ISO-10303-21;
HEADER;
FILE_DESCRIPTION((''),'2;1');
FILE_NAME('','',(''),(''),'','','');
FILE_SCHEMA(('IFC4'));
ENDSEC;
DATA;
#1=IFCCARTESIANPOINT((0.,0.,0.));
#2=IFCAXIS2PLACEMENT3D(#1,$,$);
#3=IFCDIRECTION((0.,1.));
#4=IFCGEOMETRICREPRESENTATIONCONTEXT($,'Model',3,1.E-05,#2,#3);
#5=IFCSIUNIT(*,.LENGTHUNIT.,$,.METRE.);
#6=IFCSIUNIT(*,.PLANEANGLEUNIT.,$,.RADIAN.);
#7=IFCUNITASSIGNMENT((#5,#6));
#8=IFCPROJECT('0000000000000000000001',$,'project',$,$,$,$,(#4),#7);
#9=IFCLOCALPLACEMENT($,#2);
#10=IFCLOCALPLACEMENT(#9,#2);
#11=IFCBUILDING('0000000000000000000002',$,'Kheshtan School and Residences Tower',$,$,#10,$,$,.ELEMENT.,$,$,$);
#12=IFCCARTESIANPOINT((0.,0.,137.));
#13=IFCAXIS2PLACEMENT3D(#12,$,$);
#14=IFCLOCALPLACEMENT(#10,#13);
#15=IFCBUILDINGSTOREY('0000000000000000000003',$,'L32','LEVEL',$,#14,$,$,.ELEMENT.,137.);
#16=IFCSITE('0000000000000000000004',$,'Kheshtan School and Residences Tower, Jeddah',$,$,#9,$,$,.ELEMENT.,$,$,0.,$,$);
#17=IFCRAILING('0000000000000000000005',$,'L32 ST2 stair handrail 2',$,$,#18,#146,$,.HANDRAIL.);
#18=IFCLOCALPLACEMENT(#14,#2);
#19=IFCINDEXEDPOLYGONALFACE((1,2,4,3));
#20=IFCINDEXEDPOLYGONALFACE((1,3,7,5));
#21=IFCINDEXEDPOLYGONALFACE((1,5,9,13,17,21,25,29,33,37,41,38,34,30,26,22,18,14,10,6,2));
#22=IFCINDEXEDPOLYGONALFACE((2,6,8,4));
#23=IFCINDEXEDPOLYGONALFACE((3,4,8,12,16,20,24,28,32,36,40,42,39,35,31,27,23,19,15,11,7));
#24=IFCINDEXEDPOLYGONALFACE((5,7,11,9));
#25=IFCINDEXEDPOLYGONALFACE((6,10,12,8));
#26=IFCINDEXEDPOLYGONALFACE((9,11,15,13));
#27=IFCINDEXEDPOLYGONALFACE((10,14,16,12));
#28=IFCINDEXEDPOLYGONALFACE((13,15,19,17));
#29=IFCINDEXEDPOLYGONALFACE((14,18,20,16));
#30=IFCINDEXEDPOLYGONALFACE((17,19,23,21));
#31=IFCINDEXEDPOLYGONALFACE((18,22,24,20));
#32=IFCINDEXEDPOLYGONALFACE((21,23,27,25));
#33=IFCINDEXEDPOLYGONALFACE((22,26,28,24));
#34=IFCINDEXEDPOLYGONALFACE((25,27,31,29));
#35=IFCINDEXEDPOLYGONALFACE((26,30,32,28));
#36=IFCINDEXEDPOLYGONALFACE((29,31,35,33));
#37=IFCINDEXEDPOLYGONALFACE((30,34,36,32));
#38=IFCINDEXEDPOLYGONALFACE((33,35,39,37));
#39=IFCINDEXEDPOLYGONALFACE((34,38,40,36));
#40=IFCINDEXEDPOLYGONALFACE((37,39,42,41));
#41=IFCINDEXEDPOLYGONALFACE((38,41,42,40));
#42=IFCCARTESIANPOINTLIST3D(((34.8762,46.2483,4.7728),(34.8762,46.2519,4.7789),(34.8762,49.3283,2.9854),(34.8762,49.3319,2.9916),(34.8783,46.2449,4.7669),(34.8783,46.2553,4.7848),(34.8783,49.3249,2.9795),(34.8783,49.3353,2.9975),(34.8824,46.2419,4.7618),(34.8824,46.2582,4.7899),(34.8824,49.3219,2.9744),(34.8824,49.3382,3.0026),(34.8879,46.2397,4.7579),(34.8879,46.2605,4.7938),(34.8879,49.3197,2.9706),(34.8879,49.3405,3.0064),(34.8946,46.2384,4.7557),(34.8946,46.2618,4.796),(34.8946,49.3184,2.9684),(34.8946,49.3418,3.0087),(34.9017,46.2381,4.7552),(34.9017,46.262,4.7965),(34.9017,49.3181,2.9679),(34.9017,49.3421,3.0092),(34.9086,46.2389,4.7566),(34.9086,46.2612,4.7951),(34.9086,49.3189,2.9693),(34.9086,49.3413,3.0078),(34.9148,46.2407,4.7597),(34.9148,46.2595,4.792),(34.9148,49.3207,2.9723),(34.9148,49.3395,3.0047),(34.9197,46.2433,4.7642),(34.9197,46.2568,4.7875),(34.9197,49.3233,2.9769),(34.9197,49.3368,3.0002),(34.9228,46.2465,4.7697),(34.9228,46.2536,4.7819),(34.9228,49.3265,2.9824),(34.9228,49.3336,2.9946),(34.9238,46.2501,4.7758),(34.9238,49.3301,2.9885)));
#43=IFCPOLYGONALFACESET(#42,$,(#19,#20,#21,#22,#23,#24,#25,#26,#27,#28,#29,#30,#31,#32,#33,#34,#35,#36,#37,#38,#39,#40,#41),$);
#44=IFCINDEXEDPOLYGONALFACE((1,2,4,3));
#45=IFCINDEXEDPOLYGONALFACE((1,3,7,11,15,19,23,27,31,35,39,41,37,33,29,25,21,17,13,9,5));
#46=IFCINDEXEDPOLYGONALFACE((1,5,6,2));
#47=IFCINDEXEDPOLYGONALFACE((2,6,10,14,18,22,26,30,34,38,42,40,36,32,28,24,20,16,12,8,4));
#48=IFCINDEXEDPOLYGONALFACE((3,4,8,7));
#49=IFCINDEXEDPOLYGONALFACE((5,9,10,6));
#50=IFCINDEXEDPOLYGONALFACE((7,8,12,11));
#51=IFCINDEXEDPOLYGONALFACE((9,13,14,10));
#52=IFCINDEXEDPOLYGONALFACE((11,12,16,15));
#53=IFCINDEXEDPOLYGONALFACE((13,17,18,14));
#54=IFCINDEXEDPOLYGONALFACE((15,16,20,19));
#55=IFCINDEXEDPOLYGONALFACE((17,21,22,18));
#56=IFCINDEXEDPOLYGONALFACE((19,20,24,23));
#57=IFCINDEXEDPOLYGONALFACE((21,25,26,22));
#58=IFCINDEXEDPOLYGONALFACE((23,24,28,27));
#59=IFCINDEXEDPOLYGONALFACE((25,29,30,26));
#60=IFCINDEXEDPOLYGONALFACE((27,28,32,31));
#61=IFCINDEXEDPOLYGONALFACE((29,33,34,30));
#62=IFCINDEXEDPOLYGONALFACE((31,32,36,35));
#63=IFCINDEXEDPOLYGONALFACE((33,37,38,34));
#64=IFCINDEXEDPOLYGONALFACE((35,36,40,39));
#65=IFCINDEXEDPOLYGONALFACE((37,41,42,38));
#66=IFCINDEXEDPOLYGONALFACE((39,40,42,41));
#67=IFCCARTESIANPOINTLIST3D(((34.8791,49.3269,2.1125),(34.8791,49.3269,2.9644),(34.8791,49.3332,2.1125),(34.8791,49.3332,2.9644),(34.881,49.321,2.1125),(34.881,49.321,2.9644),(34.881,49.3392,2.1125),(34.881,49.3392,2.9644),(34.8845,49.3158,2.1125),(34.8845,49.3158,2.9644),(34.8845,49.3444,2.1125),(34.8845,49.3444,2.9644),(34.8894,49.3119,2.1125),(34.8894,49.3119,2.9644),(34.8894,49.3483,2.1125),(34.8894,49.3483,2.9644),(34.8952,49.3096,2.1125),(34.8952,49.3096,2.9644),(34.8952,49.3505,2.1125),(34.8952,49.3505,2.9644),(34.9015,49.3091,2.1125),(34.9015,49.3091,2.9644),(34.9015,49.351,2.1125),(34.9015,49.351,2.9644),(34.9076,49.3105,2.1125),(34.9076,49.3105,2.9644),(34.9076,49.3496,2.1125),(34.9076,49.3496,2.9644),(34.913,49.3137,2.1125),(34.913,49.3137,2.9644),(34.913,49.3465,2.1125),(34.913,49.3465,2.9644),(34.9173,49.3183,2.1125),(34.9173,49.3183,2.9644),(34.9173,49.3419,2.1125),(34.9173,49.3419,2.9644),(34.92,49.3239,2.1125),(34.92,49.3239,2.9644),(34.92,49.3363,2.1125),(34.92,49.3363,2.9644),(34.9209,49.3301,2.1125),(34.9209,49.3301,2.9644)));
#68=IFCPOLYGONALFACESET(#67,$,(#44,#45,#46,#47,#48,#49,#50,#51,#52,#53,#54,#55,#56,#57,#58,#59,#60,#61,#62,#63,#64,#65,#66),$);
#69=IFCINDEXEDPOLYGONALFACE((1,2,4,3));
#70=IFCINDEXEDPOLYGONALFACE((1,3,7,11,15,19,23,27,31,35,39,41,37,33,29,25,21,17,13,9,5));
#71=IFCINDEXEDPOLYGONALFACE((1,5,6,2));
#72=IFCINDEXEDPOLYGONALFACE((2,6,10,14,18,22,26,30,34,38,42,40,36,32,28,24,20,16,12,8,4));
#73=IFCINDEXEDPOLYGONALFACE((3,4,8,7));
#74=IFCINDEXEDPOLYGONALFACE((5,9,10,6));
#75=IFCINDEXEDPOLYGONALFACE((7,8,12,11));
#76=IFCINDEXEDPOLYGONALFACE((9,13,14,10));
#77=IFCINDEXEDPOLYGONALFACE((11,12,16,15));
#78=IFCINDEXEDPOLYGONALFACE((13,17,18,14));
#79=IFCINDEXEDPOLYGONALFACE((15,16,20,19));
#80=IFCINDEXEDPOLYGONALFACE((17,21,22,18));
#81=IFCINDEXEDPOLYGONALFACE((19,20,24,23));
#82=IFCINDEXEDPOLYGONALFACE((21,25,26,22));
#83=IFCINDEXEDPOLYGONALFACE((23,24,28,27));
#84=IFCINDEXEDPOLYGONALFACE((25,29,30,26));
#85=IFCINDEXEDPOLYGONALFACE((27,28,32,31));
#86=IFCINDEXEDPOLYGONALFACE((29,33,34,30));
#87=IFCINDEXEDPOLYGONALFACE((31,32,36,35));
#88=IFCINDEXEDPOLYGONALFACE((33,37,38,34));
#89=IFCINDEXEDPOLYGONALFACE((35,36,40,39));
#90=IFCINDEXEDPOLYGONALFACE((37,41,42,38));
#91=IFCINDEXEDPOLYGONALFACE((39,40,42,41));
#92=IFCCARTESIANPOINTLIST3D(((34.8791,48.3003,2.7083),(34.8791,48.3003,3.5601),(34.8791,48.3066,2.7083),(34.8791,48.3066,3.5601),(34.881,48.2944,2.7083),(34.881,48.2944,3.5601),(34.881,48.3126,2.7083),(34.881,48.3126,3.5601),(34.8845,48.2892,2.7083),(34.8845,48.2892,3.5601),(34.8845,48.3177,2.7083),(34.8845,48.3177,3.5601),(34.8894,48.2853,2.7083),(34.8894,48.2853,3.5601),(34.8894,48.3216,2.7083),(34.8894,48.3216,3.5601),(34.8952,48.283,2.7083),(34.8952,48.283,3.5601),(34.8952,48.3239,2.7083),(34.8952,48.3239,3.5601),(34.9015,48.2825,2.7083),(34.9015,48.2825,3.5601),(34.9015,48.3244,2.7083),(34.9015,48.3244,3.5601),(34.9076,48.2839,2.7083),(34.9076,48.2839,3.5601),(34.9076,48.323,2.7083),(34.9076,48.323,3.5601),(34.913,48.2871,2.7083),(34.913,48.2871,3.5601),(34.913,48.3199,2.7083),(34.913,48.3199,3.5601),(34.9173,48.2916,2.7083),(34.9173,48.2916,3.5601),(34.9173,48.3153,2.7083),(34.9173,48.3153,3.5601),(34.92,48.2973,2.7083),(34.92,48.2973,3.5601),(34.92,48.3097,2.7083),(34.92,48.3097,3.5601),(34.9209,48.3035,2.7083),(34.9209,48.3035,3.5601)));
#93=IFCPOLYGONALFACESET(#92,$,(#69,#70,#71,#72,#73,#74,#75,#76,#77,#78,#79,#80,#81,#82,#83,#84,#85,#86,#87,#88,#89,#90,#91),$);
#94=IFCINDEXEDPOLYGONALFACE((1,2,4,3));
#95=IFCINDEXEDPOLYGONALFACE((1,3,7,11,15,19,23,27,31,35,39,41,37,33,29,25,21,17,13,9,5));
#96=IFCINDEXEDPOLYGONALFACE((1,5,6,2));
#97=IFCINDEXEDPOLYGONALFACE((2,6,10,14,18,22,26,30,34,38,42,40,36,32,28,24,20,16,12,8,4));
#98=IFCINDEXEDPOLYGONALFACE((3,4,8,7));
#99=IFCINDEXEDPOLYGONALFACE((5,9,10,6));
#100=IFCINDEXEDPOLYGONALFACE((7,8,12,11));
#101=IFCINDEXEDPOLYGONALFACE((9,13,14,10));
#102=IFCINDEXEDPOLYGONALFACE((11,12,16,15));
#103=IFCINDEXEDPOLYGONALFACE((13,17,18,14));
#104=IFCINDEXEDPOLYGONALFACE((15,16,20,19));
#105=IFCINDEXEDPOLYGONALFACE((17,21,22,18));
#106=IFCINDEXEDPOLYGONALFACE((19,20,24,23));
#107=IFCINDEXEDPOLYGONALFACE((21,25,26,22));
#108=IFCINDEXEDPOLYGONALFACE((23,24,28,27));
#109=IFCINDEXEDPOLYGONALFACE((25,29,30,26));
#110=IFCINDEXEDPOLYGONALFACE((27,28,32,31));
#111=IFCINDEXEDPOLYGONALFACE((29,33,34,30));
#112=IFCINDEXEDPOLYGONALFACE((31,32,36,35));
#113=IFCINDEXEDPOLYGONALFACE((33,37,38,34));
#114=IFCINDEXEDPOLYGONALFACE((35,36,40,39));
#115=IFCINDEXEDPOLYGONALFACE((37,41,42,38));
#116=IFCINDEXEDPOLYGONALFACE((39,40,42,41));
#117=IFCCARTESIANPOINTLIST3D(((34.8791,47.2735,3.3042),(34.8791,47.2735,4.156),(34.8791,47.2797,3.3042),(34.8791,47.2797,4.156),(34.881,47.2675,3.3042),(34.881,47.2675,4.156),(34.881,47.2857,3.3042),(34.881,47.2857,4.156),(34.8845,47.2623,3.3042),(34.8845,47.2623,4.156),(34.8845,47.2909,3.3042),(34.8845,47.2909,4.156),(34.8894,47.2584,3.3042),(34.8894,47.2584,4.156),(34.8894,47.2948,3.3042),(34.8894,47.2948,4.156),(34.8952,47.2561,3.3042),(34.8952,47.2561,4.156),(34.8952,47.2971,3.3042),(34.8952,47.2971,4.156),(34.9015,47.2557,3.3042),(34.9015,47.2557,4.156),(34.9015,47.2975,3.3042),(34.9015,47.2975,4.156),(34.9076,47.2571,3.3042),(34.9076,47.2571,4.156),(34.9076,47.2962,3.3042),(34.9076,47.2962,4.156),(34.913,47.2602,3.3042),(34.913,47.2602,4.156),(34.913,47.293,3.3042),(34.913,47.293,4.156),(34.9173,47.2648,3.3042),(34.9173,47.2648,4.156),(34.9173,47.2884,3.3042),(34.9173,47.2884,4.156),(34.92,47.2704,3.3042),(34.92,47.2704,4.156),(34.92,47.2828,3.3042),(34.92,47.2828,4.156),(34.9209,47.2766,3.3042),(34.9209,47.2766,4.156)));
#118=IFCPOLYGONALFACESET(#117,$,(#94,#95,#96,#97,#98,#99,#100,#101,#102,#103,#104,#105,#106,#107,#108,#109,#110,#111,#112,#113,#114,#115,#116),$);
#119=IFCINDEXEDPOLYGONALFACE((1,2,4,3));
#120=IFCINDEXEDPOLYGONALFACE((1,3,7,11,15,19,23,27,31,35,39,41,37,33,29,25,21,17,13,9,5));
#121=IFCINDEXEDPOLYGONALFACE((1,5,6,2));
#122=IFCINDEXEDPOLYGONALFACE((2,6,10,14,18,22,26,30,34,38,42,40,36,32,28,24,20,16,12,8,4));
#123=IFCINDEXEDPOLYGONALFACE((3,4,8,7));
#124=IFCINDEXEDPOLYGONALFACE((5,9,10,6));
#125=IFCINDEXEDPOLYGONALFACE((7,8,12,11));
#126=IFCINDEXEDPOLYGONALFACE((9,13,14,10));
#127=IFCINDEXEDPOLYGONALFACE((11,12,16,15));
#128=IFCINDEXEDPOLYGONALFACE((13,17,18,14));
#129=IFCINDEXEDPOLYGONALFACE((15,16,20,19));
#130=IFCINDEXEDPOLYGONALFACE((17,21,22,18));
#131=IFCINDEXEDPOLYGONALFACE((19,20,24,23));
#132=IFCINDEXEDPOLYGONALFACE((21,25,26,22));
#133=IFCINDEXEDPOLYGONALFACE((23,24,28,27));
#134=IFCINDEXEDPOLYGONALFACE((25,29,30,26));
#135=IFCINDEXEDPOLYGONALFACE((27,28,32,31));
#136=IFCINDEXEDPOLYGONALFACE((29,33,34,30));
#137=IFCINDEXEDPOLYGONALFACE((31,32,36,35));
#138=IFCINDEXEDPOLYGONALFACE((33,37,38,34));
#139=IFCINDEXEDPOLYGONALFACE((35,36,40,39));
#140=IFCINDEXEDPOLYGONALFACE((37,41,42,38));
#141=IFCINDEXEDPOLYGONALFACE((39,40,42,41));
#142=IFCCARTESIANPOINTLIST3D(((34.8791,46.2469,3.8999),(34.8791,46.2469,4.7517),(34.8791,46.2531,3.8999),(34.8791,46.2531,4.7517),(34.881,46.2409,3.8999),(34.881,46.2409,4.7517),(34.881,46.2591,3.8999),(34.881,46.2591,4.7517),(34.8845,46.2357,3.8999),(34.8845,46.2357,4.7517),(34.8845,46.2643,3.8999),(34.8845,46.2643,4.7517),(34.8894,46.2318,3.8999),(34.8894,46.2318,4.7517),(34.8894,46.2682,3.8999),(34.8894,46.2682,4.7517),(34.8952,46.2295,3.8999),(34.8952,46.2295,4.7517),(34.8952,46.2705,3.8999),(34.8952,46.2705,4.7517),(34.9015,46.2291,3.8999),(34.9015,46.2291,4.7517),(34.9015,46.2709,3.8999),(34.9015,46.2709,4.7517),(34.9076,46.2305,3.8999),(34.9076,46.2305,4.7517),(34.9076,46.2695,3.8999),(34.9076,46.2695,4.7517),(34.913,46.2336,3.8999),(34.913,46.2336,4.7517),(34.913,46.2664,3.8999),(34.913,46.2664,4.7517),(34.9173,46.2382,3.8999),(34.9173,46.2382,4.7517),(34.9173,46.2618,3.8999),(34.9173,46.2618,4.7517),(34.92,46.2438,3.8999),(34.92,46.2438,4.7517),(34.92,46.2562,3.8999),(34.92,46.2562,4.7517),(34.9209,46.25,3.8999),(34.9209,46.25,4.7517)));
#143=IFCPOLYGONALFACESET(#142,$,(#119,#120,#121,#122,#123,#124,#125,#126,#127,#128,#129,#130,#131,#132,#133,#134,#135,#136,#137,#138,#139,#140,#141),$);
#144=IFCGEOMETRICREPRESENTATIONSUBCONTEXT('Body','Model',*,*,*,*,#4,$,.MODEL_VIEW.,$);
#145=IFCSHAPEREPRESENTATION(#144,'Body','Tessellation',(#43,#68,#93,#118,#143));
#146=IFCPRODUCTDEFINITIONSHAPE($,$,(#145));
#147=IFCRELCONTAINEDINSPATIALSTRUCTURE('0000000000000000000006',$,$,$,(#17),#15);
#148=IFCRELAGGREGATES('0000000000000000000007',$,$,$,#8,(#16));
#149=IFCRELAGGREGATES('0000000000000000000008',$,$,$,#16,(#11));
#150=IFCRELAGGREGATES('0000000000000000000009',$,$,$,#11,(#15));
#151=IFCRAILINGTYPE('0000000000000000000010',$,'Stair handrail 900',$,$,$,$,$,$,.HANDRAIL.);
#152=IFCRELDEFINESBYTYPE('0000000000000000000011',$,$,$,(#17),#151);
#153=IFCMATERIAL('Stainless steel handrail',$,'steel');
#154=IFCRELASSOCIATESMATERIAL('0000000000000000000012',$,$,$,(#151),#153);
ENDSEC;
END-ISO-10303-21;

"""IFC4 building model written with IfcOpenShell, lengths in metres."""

from ifc_helpers import new_model, si_unit, direction, frame, origin, origin_2d, place, context, subcontext, project, spatial, circle, extrude, material, type_object, element, save


model = new_model("IFC4")

# Units and contexts
model_context = context("Model", 3, precision=1e-05, world=origin(), true_north=direction((0.0, 1.0)))
body_context = subcontext(model_context, "Body", "Model", "MODEL_VIEW")
ifc_project = project(units=[si_unit("LENGTHUNIT", "METRE"), si_unit("PLANEANGLEUNIT", "RADIAN")], contexts=[model_context])

# Site, building, storey
site_placement = place(None, origin())
site = spatial("IfcSite", under=ifc_project, at=site_placement, Name="Kheshtan School and Residences Tower, Jeddah", CompositionType="ELEMENT", RefElevation=0.0)
building_placement = place(site_placement, origin())
building = spatial("IfcBuilding", under=site, at=building_placement, Name="Kheshtan School and Residences Tower", CompositionType="ELEMENT")
storey_placement = place(building_placement, frame((0.0, 0.0, 137.0)))
storey = spatial("IfcBuildingStorey", under=building, at=storey_placement, Name="L32", Description="LEVEL", CompositionType="ELEMENT", Elevation=137.0)

# Railing
ifc_material_1 = material(Name="Stainless steel handrail", Category="steel")
railing_type_1 = type_object("IfcRailingType", Name="Stair handrail 900", PredefinedType="HANDRAIL", material=ifc_material_1)
railing_1_placement = place(storey_placement, frame((34.8999, 49.3301, 2.1125)))
element("IfcRailing", 1, at=railing_1_placement, inside=storey, type_object=railing_type_1, Name="L32 ST2 stair handrail 2", PredefinedType="HANDRAIL", context=body_context, shape_type="SweptSolid", body=[
    extrude(circle(Radius=0.0239, at=origin_2d()), frame((0.0, 0.0, 0.876), z_axis=(0.0, -0.86492, 0.501909), x_axis=(1.0, 0.0, 0.0)), (0.0, 0.0, 1.0), 3.561),
    extrude(circle(Radius=0.021, at=origin_2d()), origin(), (0.0, 0.0, 1.0), 0.8518),
    extrude(circle(Radius=0.021, at=origin_2d()), frame((0.0, -1.0266, 0.5957)), (0.0, 0.0, 1.0), 0.8518),
    extrude(circle(Radius=0.021, at=origin_2d()), frame((0.0, -2.0535, 1.1917)), (0.0, 0.0, 1.0), 0.8518),
    extrude(circle(Radius=0.021, at=origin_2d()), frame((0.0, -3.0801, 1.7874)), (0.0, 0.0, 1.0), 0.8518),
])

save(model, "model.ifc")
